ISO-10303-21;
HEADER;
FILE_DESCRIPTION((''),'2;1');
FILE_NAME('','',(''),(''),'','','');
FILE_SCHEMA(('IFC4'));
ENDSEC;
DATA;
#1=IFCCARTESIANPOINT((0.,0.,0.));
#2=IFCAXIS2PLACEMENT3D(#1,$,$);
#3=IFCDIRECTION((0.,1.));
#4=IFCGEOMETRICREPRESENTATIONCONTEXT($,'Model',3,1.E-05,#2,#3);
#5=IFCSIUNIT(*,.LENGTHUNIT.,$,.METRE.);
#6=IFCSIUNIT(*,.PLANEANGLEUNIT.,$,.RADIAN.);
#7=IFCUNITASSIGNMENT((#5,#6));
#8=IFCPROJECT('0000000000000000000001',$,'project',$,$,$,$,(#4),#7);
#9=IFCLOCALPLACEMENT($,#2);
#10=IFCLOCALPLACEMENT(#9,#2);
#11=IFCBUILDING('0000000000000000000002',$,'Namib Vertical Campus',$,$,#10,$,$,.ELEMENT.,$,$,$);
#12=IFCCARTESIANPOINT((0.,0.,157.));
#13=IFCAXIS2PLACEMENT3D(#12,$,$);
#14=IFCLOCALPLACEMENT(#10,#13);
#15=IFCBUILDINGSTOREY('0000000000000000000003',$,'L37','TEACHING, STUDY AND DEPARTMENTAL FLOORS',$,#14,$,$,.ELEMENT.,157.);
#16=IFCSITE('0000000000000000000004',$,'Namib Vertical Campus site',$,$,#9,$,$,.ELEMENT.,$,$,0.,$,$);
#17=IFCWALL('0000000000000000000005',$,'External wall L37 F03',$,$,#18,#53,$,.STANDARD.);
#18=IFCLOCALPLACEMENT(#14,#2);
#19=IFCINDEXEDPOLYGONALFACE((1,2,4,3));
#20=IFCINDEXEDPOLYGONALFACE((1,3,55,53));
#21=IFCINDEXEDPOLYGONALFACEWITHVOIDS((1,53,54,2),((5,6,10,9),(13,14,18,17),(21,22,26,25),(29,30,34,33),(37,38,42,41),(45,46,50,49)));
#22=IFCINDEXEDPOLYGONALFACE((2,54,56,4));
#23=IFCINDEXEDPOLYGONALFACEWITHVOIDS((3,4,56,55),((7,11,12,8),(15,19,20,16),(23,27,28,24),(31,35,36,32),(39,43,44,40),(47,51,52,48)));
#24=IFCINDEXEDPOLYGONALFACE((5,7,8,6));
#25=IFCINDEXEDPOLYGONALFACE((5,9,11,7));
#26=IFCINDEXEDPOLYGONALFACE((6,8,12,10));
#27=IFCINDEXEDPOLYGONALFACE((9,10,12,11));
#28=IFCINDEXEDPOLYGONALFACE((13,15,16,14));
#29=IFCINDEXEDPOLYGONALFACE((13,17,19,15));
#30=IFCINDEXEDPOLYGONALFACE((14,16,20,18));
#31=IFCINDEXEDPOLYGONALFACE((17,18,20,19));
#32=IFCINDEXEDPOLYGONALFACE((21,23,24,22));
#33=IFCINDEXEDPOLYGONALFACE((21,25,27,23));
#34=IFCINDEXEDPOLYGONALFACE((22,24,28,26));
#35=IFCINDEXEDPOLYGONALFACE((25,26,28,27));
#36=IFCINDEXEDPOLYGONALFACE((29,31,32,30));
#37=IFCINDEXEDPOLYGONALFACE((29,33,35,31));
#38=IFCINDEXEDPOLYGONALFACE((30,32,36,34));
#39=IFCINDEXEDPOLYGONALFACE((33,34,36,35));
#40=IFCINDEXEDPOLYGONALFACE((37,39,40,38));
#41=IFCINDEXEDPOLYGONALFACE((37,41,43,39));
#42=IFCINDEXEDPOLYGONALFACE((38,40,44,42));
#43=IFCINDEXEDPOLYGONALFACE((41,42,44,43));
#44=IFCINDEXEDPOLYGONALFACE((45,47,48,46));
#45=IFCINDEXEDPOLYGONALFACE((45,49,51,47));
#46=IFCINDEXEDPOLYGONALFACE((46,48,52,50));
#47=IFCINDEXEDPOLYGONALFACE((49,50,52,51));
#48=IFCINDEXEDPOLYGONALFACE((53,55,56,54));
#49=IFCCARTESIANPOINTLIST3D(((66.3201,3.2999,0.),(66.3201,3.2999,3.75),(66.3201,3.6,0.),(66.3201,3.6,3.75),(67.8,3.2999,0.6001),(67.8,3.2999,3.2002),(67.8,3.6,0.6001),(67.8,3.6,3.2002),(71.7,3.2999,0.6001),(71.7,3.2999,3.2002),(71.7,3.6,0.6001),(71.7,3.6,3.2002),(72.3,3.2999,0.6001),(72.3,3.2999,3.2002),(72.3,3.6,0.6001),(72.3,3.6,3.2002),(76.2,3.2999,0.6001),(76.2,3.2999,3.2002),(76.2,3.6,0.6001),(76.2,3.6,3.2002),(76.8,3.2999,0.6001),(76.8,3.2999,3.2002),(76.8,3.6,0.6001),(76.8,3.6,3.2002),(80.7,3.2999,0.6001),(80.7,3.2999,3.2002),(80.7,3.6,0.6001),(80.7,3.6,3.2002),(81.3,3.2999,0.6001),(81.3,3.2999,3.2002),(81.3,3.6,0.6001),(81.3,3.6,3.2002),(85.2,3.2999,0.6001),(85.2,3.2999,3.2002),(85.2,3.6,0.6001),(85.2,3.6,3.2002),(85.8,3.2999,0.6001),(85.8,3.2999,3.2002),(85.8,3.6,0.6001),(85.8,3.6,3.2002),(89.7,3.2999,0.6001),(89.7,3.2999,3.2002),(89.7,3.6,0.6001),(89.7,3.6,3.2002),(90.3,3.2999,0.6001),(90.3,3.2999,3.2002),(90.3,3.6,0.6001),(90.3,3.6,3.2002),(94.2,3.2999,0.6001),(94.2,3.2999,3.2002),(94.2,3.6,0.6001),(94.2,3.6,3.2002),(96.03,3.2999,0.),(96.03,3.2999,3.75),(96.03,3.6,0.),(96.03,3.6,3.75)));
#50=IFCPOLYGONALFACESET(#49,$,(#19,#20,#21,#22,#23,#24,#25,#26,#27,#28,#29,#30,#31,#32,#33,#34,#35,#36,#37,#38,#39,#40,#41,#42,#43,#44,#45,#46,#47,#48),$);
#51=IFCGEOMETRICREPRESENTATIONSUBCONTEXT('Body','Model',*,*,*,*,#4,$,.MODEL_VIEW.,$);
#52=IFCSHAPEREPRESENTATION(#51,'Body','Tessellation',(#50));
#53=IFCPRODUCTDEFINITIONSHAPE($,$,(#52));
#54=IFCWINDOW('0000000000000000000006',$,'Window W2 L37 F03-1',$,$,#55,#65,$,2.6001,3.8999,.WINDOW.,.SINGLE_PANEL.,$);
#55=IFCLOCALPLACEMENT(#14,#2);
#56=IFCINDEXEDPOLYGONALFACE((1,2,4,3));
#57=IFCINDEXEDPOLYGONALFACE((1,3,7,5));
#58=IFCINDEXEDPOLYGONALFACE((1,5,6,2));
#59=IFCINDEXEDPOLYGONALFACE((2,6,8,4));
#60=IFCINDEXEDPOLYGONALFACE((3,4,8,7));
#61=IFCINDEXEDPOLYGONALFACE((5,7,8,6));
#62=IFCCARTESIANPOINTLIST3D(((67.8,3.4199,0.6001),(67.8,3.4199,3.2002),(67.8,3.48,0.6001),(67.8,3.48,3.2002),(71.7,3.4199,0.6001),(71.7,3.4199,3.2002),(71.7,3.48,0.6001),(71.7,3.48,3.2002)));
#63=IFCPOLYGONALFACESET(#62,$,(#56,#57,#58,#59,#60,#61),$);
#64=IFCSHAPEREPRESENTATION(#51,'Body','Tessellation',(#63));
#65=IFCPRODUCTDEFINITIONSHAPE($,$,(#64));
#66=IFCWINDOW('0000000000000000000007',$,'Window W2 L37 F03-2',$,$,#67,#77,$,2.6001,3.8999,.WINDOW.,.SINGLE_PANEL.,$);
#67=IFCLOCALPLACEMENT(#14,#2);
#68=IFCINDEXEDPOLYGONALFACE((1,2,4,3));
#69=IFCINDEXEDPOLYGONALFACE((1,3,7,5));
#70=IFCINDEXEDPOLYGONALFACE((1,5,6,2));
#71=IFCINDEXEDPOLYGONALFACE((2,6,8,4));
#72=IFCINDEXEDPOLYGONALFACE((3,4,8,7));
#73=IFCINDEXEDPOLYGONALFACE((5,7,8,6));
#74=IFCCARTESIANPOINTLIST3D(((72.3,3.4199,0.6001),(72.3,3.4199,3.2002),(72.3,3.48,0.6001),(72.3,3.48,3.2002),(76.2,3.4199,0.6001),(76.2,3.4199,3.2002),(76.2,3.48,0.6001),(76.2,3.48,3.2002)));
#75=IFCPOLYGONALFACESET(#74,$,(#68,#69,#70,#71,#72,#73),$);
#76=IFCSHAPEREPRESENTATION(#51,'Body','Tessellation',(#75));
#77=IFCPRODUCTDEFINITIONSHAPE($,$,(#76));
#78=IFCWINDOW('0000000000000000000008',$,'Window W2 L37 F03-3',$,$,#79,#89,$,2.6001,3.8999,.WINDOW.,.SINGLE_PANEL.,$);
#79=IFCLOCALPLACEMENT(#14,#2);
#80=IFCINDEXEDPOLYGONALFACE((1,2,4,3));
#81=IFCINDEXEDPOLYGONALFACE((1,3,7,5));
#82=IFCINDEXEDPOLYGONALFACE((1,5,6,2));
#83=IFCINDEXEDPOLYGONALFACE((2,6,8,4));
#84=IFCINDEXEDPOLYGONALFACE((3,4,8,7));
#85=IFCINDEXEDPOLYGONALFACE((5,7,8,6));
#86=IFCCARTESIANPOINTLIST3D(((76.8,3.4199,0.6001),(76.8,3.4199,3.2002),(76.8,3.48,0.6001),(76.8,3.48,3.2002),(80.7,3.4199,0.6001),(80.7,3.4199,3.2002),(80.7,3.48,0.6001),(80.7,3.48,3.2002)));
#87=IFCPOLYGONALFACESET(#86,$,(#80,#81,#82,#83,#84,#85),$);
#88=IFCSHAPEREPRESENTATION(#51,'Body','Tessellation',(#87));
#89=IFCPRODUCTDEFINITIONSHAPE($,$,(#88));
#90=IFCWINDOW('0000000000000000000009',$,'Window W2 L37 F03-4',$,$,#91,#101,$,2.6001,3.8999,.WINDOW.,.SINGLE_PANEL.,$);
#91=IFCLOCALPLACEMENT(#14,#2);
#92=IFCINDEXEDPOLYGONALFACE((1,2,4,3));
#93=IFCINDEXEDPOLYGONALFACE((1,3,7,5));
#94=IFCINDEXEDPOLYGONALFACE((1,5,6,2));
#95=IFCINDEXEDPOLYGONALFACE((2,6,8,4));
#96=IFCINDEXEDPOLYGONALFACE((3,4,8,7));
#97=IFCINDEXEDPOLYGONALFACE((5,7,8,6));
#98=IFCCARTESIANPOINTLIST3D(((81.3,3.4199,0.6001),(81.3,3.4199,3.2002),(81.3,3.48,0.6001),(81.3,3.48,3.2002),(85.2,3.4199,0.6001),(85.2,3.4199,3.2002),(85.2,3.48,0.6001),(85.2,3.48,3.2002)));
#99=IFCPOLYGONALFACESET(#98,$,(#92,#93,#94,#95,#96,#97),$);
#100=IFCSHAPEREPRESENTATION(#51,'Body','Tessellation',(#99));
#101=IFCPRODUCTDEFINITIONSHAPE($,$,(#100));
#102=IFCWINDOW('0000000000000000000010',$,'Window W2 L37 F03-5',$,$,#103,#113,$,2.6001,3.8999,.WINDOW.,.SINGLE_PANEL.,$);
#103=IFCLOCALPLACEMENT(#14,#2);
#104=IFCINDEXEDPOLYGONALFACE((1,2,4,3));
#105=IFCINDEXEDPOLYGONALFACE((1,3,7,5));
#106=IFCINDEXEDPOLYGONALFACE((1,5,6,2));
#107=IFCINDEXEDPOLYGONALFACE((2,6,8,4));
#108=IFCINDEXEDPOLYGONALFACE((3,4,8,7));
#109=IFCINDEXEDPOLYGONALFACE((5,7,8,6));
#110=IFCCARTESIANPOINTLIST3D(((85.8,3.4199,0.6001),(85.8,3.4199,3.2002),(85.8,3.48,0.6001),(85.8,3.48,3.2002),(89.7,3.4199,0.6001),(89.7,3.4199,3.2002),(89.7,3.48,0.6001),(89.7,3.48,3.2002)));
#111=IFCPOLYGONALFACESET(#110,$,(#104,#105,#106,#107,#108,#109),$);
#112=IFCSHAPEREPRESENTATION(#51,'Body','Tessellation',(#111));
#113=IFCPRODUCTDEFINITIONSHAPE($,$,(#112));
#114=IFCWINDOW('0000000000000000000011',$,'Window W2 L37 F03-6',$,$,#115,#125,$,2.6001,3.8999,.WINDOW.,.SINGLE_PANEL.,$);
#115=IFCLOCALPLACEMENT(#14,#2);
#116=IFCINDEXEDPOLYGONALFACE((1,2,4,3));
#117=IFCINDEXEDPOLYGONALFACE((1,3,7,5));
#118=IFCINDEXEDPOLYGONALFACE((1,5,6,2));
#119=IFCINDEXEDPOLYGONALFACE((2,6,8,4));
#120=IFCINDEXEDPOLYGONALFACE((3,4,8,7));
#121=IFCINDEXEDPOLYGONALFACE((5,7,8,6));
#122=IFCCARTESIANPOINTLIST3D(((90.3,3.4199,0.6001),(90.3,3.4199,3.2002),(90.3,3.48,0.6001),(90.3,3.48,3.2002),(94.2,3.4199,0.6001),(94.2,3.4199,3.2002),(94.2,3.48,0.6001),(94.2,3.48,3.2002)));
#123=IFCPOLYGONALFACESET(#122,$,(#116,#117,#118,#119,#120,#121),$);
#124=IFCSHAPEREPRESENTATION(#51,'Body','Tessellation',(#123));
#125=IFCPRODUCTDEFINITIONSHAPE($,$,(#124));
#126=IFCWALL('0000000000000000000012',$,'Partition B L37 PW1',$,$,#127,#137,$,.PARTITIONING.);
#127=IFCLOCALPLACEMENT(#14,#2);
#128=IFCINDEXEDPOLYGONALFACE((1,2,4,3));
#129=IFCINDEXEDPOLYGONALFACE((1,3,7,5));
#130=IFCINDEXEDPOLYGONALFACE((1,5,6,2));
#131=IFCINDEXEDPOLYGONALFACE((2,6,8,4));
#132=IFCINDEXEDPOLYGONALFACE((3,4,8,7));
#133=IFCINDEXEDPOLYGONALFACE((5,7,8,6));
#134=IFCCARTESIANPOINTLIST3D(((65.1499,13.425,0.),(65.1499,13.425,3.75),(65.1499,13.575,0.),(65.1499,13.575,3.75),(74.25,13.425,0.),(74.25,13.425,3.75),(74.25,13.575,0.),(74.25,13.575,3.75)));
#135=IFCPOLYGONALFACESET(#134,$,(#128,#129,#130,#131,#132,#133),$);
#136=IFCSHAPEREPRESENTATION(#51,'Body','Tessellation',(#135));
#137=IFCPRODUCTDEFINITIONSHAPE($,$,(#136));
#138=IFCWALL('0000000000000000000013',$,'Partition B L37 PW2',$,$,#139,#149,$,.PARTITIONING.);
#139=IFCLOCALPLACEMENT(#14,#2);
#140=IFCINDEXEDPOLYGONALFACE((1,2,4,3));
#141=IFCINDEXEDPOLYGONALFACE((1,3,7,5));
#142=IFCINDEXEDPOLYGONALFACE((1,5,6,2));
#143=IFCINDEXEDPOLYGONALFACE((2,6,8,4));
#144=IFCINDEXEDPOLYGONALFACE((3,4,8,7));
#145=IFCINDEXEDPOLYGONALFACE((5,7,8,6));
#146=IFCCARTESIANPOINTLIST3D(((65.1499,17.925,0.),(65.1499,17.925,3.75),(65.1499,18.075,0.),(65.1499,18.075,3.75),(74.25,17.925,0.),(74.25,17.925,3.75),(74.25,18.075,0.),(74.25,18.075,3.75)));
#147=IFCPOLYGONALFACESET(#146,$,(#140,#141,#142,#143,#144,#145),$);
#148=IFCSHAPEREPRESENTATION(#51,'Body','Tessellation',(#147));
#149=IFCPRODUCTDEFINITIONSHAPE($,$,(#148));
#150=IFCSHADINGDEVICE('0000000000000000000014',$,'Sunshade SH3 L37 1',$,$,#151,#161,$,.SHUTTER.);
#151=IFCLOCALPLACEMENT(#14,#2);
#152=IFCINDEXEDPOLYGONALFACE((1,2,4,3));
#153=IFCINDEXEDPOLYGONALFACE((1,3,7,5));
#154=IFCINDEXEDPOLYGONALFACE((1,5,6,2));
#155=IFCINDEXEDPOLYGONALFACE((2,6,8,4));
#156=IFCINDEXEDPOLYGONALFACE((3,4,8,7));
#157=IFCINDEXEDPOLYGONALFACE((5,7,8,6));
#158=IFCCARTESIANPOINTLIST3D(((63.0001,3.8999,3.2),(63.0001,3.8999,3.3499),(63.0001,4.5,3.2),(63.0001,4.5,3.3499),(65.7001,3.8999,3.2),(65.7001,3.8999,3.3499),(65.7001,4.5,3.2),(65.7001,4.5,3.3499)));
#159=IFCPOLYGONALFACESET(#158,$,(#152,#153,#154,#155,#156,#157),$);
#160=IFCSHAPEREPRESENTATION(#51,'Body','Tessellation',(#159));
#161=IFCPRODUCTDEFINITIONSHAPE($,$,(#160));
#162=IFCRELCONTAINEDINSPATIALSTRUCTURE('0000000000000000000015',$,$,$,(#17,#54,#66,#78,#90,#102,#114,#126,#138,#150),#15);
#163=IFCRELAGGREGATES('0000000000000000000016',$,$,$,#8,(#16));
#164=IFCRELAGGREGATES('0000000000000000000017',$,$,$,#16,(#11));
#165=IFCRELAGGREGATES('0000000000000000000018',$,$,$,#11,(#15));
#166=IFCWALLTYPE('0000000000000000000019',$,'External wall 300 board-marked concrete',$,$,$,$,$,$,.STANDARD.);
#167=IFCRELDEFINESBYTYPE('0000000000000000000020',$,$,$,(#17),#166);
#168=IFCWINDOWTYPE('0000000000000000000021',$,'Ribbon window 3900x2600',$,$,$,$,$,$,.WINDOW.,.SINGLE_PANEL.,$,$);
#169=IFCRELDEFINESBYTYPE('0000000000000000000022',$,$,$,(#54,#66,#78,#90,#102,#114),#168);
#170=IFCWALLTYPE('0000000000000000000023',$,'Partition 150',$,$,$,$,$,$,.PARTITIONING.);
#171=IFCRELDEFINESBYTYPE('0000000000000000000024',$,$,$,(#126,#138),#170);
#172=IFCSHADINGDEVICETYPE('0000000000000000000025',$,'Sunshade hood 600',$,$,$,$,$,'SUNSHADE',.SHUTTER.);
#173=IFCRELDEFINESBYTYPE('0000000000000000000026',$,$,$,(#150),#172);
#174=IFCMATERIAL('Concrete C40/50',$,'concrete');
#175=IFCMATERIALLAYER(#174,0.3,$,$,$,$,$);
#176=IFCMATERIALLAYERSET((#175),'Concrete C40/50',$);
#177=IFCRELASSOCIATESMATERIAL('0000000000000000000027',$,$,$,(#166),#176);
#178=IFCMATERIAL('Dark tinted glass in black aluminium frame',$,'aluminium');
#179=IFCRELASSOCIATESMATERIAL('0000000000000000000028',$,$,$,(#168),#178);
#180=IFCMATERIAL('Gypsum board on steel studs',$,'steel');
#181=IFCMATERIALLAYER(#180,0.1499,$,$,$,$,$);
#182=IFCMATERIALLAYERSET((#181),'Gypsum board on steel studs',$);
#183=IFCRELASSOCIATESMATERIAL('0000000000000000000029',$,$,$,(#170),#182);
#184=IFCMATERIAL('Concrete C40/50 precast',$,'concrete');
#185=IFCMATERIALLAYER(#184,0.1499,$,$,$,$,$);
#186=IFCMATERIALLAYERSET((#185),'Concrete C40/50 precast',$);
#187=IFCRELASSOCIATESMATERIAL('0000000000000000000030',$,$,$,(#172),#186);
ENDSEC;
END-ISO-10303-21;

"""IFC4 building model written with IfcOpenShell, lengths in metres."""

from ifc_helpers import new_model, si_unit, direction, frame, frame_2d, origin, origin_2d, place, context, subcontext, project, spatial, rectangle, extrude, material, layer, layer_set, type_object, element, fill, save


model = new_model("IFC4")

# Units and contexts
model_context = context("Model", 3, precision=1e-05, world=origin(), true_north=direction((0.0, 1.0)))
body_context = subcontext(model_context, "Body", "Model", "MODEL_VIEW")
ifc_project = project(units=[si_unit("LENGTHUNIT", "METRE"), si_unit("PLANEANGLEUNIT", "RADIAN")], contexts=[model_context])

# Site, building, storey
site_placement = place(None, origin())
site = spatial("IfcSite", under=ifc_project, at=site_placement, Name="Namib Vertical Campus site", CompositionType="ELEMENT", RefElevation=0.0)
building_placement = place(site_placement, origin())
building = spatial("IfcBuilding", under=site, at=building_placement, Name="Namib Vertical Campus", CompositionType="ELEMENT")
storey_placement = place(building_placement, frame((0.0, 0.0, 157.0)))
storey = spatial("IfcBuildingStorey", under=building, at=storey_placement, Name="L37", Description="TEACHING, STUDY AND DEPARTMENTAL FLOORS", CompositionType="ELEMENT", Elevation=157.0)

# Shared definitions
ifc_material_1 = material(Name="Concrete C40/50", Category="concrete")
ifc_layer_1 = layer(ifc_material_1, 0.3)
ifc_layer_set_1 = layer_set([ifc_layer_1], Name="Concrete C40/50")
wall_type_1 = type_object("IfcWallType", Name="External wall 300 board-marked concrete", PredefinedType="STANDARD", material=ifc_layer_set_1)

# Wall, openings, windows
wall_1_placement = place(storey_placement, frame((66.3201, 3.45, 0.0), z_axis=(0.0, 0.0, 1.0), x_axis=(1.0, 0.0, 0.0)))
wall_1 = element("IfcWall", 1, at=wall_1_placement, inside=storey, type_object=wall_type_1, Name="External wall L37 F03", PredefinedType="STANDARD", context=body_context, shape_type="SweptSolid", body=[
    extrude(rectangle(XDim=29.71, YDim=0.3, at=frame_2d((14.855, 0.0))), origin(), (0.0, 0.0, 1.0), 3.75),
])
opening_1_placement = place(wall_1_placement, frame((1.48, 0.0, 0.6001)))
opening_1 = element("IfcOpeningElement", 2, at=opening_1_placement, cuts=wall_1, PredefinedType="OPENING", context=body_context, shape_type="SweptSolid", body=[
    extrude(rectangle(XDim=3.8999, YDim=2.6001, at=frame_2d((1.95, 1.3))), frame((0.0, 0.1599, 0.0), z_axis=(0.0, -1.0, 0.0), x_axis=(1.0, 0.0, 0.0)), (0.0, 0.0, 1.0), 0.3201),
])
opening_2_placement = place(wall_1_placement, frame((5.98, 0.0, 0.6001)))
opening_2 = element("IfcOpeningElement", 3, at=opening_2_placement, cuts=wall_1, PredefinedType="OPENING", context=body_context, shape_type="SweptSolid", body=[
    extrude(rectangle(XDim=3.8999, YDim=2.6001, at=frame_2d((1.95, 1.3))), frame((0.0, 0.1599, 0.0), z_axis=(0.0, -1.0, 0.0), x_axis=(1.0, 0.0, 0.0)), (0.0, 0.0, 1.0), 0.3201),
])
opening_3_placement = place(wall_1_placement, frame((10.48, 0.0, 0.6001)))
opening_3 = element("IfcOpeningElement", 4, at=opening_3_placement, cuts=wall_1, PredefinedType="OPENING", context=body_context, shape_type="SweptSolid", body=[
    extrude(rectangle(XDim=3.8999, YDim=2.6001, at=frame_2d((1.95, 1.3))), frame((0.0, 0.1599, 0.0), z_axis=(0.0, -1.0, 0.0), x_axis=(1.0, 0.0, 0.0)), (0.0, 0.0, 1.0), 0.3201),
])
opening_4_placement = place(wall_1_placement, frame((14.98, 0.0, 0.6001)))
opening_4 = element("IfcOpeningElement", 5, at=opening_4_placement, cuts=wall_1, PredefinedType="OPENING", context=body_context, shape_type="SweptSolid", body=[
    extrude(rectangle(XDim=3.8999, YDim=2.6001, at=frame_2d((1.95, 1.3))), frame((0.0, 0.1599, 0.0), z_axis=(0.0, -1.0, 0.0), x_axis=(1.0, 0.0, 0.0)), (0.0, 0.0, 1.0), 0.3201),
])
opening_5_placement = place(wall_1_placement, frame((19.48, 0.0, 0.6001)))
opening_5 = element("IfcOpeningElement", 6, at=opening_5_placement, cuts=wall_1, PredefinedType="OPENING", context=body_context, shape_type="SweptSolid", body=[
    extrude(rectangle(XDim=3.8999, YDim=2.6001, at=frame_2d((1.95, 1.3))), frame((0.0, 0.1599, 0.0), z_axis=(0.0, -1.0, 0.0), x_axis=(1.0, 0.0, 0.0)), (0.0, 0.0, 1.0), 0.3201),
])
opening_6_placement = place(wall_1_placement, frame((23.98, 0.0, 0.6001)))
opening_6 = element("IfcOpeningElement", 7, at=opening_6_placement, cuts=wall_1, PredefinedType="OPENING", context=body_context, shape_type="SweptSolid", body=[
    extrude(rectangle(XDim=3.8999, YDim=2.6001, at=frame_2d((1.95, 1.3))), frame((0.0, 0.1599, 0.0), z_axis=(0.0, -1.0, 0.0), x_axis=(1.0, 0.0, 0.0)), (0.0, 0.0, 1.0), 0.3201),
])
ifc_material_2 = material(Name="Dark tinted glass in black aluminium frame", Category="aluminium")
window_type = type_object("IfcWindowType", Name="Ribbon window 3900x2600", PartitioningType="SINGLE_PANEL", PredefinedType="WINDOW", material=ifc_material_2)
window_1_placement = place(opening_1_placement, origin())
window_1 = element("IfcWindow", 8, at=window_1_placement, inside=storey, type_object=window_type, Name="Window W2 L37 F03-1", OverallHeight=2.6001, OverallWidth=3.8999, PartitioningType="SINGLE_PANEL", PredefinedType="WINDOW", context=body_context, shape_type="SweptSolid", body=[
    extrude(rectangle(XDim=3.8999, YDim=2.6001, at=frame_2d((1.95, 1.3))), frame((0.0, 0.03, 0.0), z_axis=(0.0, -1.0, 0.0), x_axis=(1.0, 0.0, 0.0)), (0.0, 0.0, 1.0), 0.0601),
])
fill(opening_1, window_1)
window_2_placement = place(opening_2_placement, origin())
window_2 = element("IfcWindow", 9, at=window_2_placement, inside=storey, type_object=window_type, Name="Window W2 L37 F03-2", OverallHeight=2.6001, OverallWidth=3.8999, PartitioningType="SINGLE_PANEL", PredefinedType="WINDOW", context=body_context, shape_type="SweptSolid", body=[
    extrude(rectangle(XDim=3.8999, YDim=2.6001, at=frame_2d((1.95, 1.3))), frame((0.0, 0.03, 0.0), z_axis=(0.0, -1.0, 0.0), x_axis=(1.0, 0.0, 0.0)), (0.0, 0.0, 1.0), 0.0601),
])
fill(opening_2, window_2)
window_3_placement = place(opening_3_placement, origin())
window_3 = element("IfcWindow", 10, at=window_3_placement, inside=storey, type_object=window_type, Name="Window W2 L37 F03-3", OverallHeight=2.6001, OverallWidth=3.8999, PartitioningType="SINGLE_PANEL", PredefinedType="WINDOW", context=body_context, shape_type="SweptSolid", body=[
    extrude(rectangle(XDim=3.8999, YDim=2.6001, at=frame_2d((1.95, 1.3))), frame((0.0, 0.03, 0.0), z_axis=(0.0, -1.0, 0.0), x_axis=(1.0, 0.0, 0.0)), (0.0, 0.0, 1.0), 0.0601),
])
fill(opening_3, window_3)
window_4_placement = place(opening_4_placement, origin())
window_4 = element("IfcWindow", 11, at=window_4_placement, inside=storey, type_object=window_type, Name="Window W2 L37 F03-4", OverallHeight=2.6001, OverallWidth=3.8999, PartitioningType="SINGLE_PANEL", PredefinedType="WINDOW", context=body_context, shape_type="SweptSolid", body=[
    extrude(rectangle(XDim=3.8999, YDim=2.6001, at=frame_2d((1.95, 1.3))), frame((0.0, 0.03, 0.0), z_axis=(0.0, -1.0, 0.0), x_axis=(1.0, 0.0, 0.0)), (0.0, 0.0, 1.0), 0.0601),
])
fill(opening_4, window_4)
window_5_placement = place(opening_5_placement, origin())
window_5 = element("IfcWindow", 12, at=window_5_placement, inside=storey, type_object=window_type, Name="Window W2 L37 F03-5", OverallHeight=2.6001, OverallWidth=3.8999, PartitioningType="SINGLE_PANEL", PredefinedType="WINDOW", context=body_context, shape_type="SweptSolid", body=[
    extrude(rectangle(XDim=3.8999, YDim=2.6001, at=frame_2d((1.95, 1.3))), frame((0.0, 0.03, 0.0), z_axis=(0.0, -1.0, 0.0), x_axis=(1.0, 0.0, 0.0)), (0.0, 0.0, 1.0), 0.0601),
])
fill(opening_5, window_5)
window_6_placement = place(opening_6_placement, origin())
window_6 = element("IfcWindow", 13, at=window_6_placement, inside=storey, type_object=window_type, Name="Window W2 L37 F03-6", OverallHeight=2.6001, OverallWidth=3.8999, PartitioningType="SINGLE_PANEL", PredefinedType="WINDOW", context=body_context, shape_type="SweptSolid", body=[
    extrude(rectangle(XDim=3.8999, YDim=2.6001, at=frame_2d((1.95, 1.3))), frame((0.0, 0.03, 0.0), z_axis=(0.0, -1.0, 0.0), x_axis=(1.0, 0.0, 0.0)), (0.0, 0.0, 1.0), 0.0601),
])
fill(opening_6, window_6)

# Walls
ifc_material_3 = material(Name="Gypsum board on steel studs", Category="steel")
ifc_layer_2 = layer(ifc_material_3, 0.1499)
ifc_layer_set_2 = layer_set([ifc_layer_2], Name="Gypsum board on steel studs")
wall_type_2 = type_object("IfcWallType", Name="Partition 150", PredefinedType="PARTITIONING", material=ifc_layer_set_2)
for number, where, z_axis, x_axis, name in (
    (14, (65.1499, 13.5, 0.0), (0.0, 0.0, 1.0), (1.0, 0.0, 0.0), "Partition B L37 PW1"),
    (15, (65.1499, 18.0, 0.0), (0.0, 0.0, 1.0), (1.0, 0.0, 0.0), "Partition B L37 PW2"),
):
    element("IfcWall", number, at=place(storey_placement, frame(where, z_axis=z_axis, x_axis=x_axis)), inside=storey, type_object=wall_type_2, Name=name, PredefinedType="PARTITIONING", context=body_context, shape_type="SweptSolid", body=[
        extrude(rectangle(XDim=9.1001, YDim=0.1499, at=frame_2d((4.55, 0.0))), origin(), (0.0, 0.0, 1.0), 3.75),
    ])

# Shading device
ifc_material_4 = material(Name="Concrete C40/50 precast", Category="concrete")
ifc_layer_3 = layer(ifc_material_4, 0.1499)
ifc_layer_set_3 = layer_set([ifc_layer_3], Name="Concrete C40/50 precast")
shading_device_type = type_object("IfcShadingDeviceType", Name="Sunshade hood 600", ElementType="SUNSHADE", PredefinedType="SHUTTER", material=ifc_layer_set_3)
shading_device_placement = place(storey_placement, frame((64.3501, 4.2, 3.2), z_axis=(0.0, 0.0, 1.0), x_axis=(1.0, 0.0, 0.0)))
element("IfcShadingDevice", 16, at=shading_device_placement, inside=storey, type_object=shading_device_type, Name="Sunshade SH3 L37 1", PredefinedType="SHUTTER", context=body_context, shape_type="SweptSolid", body=[
    extrude(rectangle(XDim=2.7, YDim=0.6001, at=origin_2d()), origin(), (0.0, 0.0, 1.0), 0.1499),
])

save(model, "model.ifc")
